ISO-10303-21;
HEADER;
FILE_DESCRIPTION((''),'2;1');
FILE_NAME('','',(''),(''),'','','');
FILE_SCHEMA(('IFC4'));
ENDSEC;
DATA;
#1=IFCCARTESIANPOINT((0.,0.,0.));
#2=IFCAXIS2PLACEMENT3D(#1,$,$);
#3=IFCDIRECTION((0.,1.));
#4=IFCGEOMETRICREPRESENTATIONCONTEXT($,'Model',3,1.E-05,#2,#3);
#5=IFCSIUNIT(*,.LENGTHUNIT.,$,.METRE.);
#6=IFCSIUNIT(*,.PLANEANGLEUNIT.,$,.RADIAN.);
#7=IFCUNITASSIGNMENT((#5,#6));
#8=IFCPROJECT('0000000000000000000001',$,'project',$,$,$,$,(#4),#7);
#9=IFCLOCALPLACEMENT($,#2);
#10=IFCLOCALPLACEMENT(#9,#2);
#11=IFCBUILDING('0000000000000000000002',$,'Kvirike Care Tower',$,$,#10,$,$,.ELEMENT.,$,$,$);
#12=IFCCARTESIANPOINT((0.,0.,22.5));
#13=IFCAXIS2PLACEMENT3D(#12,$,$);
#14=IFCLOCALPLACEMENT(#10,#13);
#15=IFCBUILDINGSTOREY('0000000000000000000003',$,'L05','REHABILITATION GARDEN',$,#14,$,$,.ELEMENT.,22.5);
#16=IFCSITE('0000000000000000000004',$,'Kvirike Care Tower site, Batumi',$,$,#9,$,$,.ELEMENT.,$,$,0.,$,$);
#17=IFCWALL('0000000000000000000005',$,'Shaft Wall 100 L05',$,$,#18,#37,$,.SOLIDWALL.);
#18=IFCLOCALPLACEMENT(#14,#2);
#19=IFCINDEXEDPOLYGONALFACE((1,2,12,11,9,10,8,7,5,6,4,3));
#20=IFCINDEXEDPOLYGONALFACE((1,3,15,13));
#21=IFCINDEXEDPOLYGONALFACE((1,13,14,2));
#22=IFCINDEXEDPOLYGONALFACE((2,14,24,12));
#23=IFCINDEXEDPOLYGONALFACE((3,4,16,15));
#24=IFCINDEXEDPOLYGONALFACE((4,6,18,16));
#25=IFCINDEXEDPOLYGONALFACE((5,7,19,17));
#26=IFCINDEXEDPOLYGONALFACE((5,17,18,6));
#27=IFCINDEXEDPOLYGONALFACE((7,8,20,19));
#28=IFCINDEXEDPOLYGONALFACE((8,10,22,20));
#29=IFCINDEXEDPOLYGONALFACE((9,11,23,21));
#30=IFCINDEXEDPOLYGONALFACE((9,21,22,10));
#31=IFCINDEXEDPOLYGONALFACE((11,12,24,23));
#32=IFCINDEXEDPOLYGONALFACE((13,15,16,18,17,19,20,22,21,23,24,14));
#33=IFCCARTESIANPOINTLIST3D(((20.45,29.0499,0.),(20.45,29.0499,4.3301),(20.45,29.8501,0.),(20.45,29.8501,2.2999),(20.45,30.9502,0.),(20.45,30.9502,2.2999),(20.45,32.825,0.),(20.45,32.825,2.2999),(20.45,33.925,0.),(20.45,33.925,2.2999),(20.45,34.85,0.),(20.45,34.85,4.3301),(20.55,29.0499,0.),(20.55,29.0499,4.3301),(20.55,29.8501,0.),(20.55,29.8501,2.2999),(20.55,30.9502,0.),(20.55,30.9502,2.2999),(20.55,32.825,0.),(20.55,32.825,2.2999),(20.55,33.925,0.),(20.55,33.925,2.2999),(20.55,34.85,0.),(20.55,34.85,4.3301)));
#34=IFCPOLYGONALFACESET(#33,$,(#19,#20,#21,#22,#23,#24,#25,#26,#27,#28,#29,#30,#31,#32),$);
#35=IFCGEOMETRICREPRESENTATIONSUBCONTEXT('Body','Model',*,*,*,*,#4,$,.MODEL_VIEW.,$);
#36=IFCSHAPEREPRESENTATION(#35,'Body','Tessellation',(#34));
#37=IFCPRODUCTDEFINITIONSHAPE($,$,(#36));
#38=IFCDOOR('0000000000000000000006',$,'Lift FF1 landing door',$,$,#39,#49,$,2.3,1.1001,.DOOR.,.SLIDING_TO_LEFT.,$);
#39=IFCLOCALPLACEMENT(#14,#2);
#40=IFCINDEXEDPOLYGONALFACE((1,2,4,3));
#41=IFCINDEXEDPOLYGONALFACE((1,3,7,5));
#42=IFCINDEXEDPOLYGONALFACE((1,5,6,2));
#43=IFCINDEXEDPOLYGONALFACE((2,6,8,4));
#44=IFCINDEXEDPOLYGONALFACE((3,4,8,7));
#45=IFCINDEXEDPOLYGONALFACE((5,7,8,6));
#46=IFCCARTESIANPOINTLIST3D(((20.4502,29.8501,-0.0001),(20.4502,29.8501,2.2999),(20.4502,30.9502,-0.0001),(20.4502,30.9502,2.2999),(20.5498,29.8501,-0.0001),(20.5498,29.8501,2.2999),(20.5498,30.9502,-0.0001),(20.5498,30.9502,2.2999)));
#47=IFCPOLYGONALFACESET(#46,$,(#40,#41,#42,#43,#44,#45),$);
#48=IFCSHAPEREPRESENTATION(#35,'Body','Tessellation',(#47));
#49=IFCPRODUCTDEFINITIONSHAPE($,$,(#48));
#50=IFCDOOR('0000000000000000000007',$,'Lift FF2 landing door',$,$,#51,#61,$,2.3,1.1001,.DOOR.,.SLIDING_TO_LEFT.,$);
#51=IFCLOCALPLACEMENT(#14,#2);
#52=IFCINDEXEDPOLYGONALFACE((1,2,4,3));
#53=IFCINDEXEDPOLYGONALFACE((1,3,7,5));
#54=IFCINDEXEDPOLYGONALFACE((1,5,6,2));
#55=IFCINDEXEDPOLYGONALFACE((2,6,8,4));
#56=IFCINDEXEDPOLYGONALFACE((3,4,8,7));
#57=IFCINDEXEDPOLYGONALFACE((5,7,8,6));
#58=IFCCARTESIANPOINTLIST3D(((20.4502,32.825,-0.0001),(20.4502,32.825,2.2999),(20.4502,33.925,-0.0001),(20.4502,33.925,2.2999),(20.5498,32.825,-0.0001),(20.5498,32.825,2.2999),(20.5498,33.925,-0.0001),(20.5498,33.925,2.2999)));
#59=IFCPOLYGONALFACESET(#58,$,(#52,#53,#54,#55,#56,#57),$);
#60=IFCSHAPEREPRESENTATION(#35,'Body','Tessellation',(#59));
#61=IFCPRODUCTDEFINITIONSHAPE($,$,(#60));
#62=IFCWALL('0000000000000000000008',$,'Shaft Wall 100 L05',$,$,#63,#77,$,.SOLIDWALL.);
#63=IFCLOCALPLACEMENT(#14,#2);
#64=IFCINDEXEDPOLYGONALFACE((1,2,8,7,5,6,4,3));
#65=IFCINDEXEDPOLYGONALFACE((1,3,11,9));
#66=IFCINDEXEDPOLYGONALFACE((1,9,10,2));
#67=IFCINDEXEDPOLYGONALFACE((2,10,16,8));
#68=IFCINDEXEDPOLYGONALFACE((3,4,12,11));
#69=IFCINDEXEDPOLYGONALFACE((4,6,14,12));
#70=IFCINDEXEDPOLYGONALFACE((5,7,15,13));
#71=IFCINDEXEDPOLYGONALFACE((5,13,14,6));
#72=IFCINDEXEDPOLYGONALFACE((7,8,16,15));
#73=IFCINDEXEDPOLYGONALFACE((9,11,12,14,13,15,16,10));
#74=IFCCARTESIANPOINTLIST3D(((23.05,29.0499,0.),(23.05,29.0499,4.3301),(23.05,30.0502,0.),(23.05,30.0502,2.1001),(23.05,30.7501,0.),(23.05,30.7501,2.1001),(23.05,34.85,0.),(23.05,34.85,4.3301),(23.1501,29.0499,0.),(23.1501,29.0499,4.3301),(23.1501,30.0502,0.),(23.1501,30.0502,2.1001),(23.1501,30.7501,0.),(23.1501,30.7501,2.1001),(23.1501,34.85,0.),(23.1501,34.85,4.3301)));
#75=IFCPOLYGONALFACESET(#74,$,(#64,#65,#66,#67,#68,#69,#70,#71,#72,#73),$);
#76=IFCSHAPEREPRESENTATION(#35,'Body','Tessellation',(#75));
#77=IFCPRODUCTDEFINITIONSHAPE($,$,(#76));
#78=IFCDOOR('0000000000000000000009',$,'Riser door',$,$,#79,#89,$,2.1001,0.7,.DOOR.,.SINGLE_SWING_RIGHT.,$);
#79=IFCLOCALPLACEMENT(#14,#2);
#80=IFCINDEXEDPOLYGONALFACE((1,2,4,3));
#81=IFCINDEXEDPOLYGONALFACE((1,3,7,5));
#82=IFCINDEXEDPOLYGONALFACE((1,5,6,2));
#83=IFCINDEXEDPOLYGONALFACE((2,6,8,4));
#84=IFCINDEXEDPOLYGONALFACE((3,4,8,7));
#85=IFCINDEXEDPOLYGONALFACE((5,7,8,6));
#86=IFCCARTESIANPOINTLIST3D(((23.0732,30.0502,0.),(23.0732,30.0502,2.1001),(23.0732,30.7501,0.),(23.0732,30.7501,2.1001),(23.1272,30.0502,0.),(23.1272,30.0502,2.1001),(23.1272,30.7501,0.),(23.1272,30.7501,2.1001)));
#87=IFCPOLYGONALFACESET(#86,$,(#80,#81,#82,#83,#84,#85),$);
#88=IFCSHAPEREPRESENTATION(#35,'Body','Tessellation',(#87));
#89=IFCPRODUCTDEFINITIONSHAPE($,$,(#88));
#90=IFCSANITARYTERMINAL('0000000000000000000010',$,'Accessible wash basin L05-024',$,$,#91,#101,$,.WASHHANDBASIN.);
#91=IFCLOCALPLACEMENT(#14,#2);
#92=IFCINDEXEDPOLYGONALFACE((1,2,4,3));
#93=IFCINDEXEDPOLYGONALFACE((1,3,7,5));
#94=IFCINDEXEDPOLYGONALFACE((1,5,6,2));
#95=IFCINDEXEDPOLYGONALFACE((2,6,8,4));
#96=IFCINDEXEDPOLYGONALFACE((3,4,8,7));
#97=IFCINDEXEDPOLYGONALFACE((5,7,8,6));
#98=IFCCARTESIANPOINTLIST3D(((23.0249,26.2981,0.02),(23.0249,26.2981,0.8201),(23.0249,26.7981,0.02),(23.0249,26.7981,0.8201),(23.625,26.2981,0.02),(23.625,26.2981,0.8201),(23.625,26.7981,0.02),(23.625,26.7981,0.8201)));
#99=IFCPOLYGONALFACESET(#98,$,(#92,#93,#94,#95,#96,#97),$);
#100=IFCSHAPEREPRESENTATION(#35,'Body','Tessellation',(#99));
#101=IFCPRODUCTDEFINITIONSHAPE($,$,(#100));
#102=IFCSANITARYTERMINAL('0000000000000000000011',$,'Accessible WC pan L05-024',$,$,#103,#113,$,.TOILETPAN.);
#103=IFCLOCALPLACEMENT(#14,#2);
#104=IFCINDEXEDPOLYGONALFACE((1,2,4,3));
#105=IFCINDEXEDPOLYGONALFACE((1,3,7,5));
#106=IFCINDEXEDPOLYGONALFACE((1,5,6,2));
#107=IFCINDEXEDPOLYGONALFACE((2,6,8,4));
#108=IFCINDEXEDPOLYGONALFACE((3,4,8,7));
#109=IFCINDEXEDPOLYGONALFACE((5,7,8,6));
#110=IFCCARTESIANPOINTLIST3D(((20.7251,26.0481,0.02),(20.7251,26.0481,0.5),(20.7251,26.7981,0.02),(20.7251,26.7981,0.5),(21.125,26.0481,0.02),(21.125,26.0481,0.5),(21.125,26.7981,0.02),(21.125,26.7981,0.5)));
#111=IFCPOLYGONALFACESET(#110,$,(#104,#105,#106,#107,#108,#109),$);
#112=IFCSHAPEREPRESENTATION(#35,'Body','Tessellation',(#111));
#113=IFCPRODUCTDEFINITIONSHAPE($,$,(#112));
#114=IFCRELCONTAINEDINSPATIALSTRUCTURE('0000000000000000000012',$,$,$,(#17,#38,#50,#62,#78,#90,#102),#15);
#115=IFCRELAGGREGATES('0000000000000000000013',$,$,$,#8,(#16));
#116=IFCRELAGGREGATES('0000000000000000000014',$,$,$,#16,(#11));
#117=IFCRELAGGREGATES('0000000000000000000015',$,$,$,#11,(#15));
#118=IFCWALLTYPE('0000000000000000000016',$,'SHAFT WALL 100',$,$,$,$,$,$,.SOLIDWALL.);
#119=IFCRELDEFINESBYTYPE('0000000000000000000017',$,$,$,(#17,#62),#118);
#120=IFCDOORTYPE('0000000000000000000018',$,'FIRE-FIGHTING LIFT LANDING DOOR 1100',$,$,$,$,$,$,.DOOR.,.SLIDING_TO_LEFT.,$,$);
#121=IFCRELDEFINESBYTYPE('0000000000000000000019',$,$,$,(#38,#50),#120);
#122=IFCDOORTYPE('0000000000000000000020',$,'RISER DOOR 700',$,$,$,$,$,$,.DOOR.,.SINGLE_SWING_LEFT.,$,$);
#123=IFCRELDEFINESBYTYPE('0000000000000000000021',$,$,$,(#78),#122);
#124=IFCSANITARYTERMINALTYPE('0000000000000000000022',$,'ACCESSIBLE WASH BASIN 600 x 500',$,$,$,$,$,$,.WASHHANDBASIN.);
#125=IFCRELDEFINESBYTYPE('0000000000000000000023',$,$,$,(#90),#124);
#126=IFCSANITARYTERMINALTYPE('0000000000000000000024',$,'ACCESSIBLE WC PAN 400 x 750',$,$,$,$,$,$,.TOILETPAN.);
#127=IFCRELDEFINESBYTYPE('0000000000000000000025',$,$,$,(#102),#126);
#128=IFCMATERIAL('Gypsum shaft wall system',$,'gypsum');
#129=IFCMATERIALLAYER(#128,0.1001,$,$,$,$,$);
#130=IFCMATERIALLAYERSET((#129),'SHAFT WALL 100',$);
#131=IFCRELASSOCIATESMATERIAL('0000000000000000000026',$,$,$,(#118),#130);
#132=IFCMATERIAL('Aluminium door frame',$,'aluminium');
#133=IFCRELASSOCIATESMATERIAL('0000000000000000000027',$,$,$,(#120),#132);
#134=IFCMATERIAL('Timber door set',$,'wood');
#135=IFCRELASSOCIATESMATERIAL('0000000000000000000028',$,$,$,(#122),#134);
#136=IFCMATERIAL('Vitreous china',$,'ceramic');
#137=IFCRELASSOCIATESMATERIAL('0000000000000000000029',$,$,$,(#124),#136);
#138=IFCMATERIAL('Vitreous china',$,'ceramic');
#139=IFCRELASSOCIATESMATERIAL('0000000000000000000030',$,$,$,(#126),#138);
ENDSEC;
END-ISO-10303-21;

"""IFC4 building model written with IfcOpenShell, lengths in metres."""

from ifc_helpers import new_model, si_unit, direction, frame, frame_2d, origin, origin_2d, place, context, subcontext, project, spatial, rectangle, extrude, material, layer, layer_set, type_object, element, fill, save


model = new_model("IFC4")

# Units and contexts
model_context = context("Model", 3, precision=1e-05, world=origin(), true_north=direction((0.0, 1.0)))
body_context = subcontext(model_context, "Body", "Model", "MODEL_VIEW")
ifc_project = project(units=[si_unit("LENGTHUNIT", "METRE"), si_unit("PLANEANGLEUNIT", "RADIAN")], contexts=[model_context])

# Site, building, storey
site_placement = place(None, origin())
site = spatial("IfcSite", under=ifc_project, at=site_placement, Name="Kvirike Care Tower site, Batumi", CompositionType="ELEMENT", RefElevation=0.0)
building_placement = place(site_placement, origin())
building = spatial("IfcBuilding", under=site, at=building_placement, Name="Kvirike Care Tower", CompositionType="ELEMENT")
storey_placement = place(building_placement, frame((0.0, 0.0, 22.5)))
storey = spatial("IfcBuildingStorey", under=building, at=storey_placement, Name="L05", Description="REHABILITATION GARDEN", CompositionType="ELEMENT", Elevation=22.5)

# Wall, openings, doors
ifc_material_1 = material(Name="Gypsum shaft wall system", Category="gypsum")
ifc_layer_1 = layer(ifc_material_1, 0.1001)
ifc_layer_set_1 = layer_set([ifc_layer_1], Name="SHAFT WALL 100")
wall_type_1 = type_object("IfcWallType", Name="SHAFT WALL 100", PredefinedType="SOLIDWALL", material=ifc_layer_set_1)
wall_1_placement = place(storey_placement, frame((20.5, 29.05, 0.0), z_axis=(0.0, 0.0, 1.0), x_axis=(0.0, 1.0, 0.0)))
wall_1 = element("IfcWall", 1, at=wall_1_placement, inside=storey, type_object=wall_type_1, Name="Shaft Wall 100 L05", PredefinedType="SOLIDWALL", context=body_context, shape_type="SweptSolid", body=[
    extrude(rectangle(XDim=5.8, YDim=0.1001, at=frame_2d((2.8999, 0.0))), origin(), (0.0, 0.0, 1.0), 4.3301),
])
opening_1_placement = place(wall_1_placement, frame((0.8, 0.0, 0.0)))
opening_1 = element("IfcOpeningElement", 2, at=opening_1_placement, cuts=wall_1, PredefinedType="OPENING", context=body_context, shape_type="SweptSolid", body=[
    extrude(rectangle(XDim=1.1001, YDim=2.3, at=frame_2d((0.55, 1.1499))), frame((0.0, 0.0605, 0.0), z_axis=(0.0, -1.0, 0.0), x_axis=(1.0, 0.0, 0.0)), (0.0, 0.0, 1.0), 0.1211),
])
opening_2_placement = place(wall_1_placement, frame((3.7749, 0.0, 0.0)))
opening_2 = element("IfcOpeningElement", 3, at=opening_2_placement, cuts=wall_1, PredefinedType="OPENING", context=body_context, shape_type="SweptSolid", body=[
    extrude(rectangle(XDim=1.1001, YDim=2.3, at=frame_2d((0.55, 1.1499))), frame((0.0, 0.0605, 0.0), z_axis=(0.0, -1.0, 0.0), x_axis=(1.0, 0.0, 0.0)), (0.0, 0.0, 1.0), 0.1211),
])
ifc_material_2 = material(Name="Aluminium door frame", Category="aluminium")
door_type_1 = type_object("IfcDoorType", Name="FIRE-FIGHTING LIFT LANDING DOOR 1100", OperationType="SLIDING_TO_LEFT", PredefinedType="DOOR", material=ifc_material_2)
door_1_placement = place(opening_1_placement, origin())
door_1 = element("IfcDoor", 4, at=door_1_placement, inside=storey, type_object=door_type_1, Name="Lift FF1 landing door", OperationType="SLIDING_TO_LEFT", OverallHeight=2.3, OverallWidth=1.1001, PredefinedType="DOOR", context=body_context, shape_type="SweptSolid", body=[
    extrude(rectangle(XDim=1.1001, YDim=2.3, at=frame_2d((0.55, 1.1499))), frame((0.0, 0.0498, 0.0), z_axis=(0.0, -1.0, 0.0), x_axis=(1.0, 0.0, 0.0)), (0.0, 0.0, 1.0), 0.0996),
])
fill(opening_1, door_1)
door_2_placement = place(opening_2_placement, origin())
door_2 = element("IfcDoor", 5, at=door_2_placement, inside=storey, type_object=door_type_1, Name="Lift FF2 landing door", OperationType="SLIDING_TO_LEFT", OverallHeight=2.3, OverallWidth=1.1001, PredefinedType="DOOR", context=body_context, shape_type="SweptSolid", body=[
    extrude(rectangle(XDim=1.1001, YDim=2.3, at=frame_2d((0.55, 1.1499))), frame((0.0, 0.0498, 0.0), z_axis=(0.0, -1.0, 0.0), x_axis=(1.0, 0.0, 0.0)), (0.0, 0.0, 1.0), 0.0996),
])
fill(opening_2, door_2)

# Wall, opening, door
wall_2_placement = place(storey_placement, frame((23.1001, 29.05, 0.0), z_axis=(0.0, 0.0, 1.0), x_axis=(0.0, 1.0, 0.0)))
wall_2 = element("IfcWall", 6, at=wall_2_placement, inside=storey, type_object=wall_type_1, Name="Shaft Wall 100 L05", PredefinedType="SOLIDWALL", context=body_context, shape_type="SweptSolid", body=[
    extrude(rectangle(XDim=5.8, YDim=0.1001, at=frame_2d((2.8999, 0.0))), origin(), (0.0, 0.0, 1.0), 4.3301),
])
opening_3_placement = place(wall_2_placement, frame((1.0, 0.0, 0.0)))
opening_3 = element("IfcOpeningElement", 7, at=opening_3_placement, cuts=wall_2, PredefinedType="OPENING", context=body_context, shape_type="SweptSolid", body=[
    extrude(rectangle(XDim=0.7, YDim=2.1001, at=frame_2d((0.3501, 1.05))), frame((0.0, 0.0605, 0.0), z_axis=(0.0, -1.0, 0.0), x_axis=(1.0, 0.0, 0.0)), (0.0, 0.0, 1.0), 0.1211),
])
ifc_material_3 = material(Name="Timber door set", Category="wood")
door_type_2 = type_object("IfcDoorType", Name="RISER DOOR 700", OperationType="SINGLE_SWING_LEFT", PredefinedType="DOOR", material=ifc_material_3)
door_3_placement = place(opening_3_placement, origin())
door_3 = element("IfcDoor", 8, at=door_3_placement, inside=storey, type_object=door_type_2, Name="Riser door", OperationType="SINGLE_SWING_RIGHT", OverallHeight=2.1001, OverallWidth=0.7, PredefinedType="DOOR", context=body_context, shape_type="SweptSolid", body=[
    extrude(rectangle(XDim=0.7, YDim=2.1001, at=frame_2d((0.3501, 1.05))), frame((0.0, 0.0269, 0.0), z_axis=(0.0, -1.0, 0.0), x_axis=(1.0, 0.0, 0.0)), (0.0, 0.0, 1.0), 0.054),
])
fill(opening_3, door_3)

# Sanitary terminals
ifc_material_4 = material(Name="Vitreous china", Category="ceramic")
sanitary_terminal_type_1 = type_object("IfcSanitaryTerminalType", Name="ACCESSIBLE WASH BASIN 600 x 500", PredefinedType="WASHHANDBASIN", material=ifc_material_4)
sanitary_terminal_1_placement = place(storey_placement, frame((23.325, 26.5481, 0.02), z_axis=(0.0, 0.0, 1.0), x_axis=(1.0, 0.0, 0.0)))
element("IfcSanitaryTerminal", 9, at=sanitary_terminal_1_placement, inside=storey, type_object=sanitary_terminal_type_1, Name="Accessible wash basin L05-024", PredefinedType="WASHHANDBASIN", context=body_context, shape_type="SweptSolid", body=[
    extrude(rectangle(XDim=0.6001, YDim=0.5, at=origin_2d()), origin(), (0.0, 0.0, 1.0), 0.8),
])
ifc_material_5 = material(Name="Vitreous china", Category="ceramic")
sanitary_terminal_type_2 = type_object("IfcSanitaryTerminalType", Name="ACCESSIBLE WC PAN 400 x 750", PredefinedType="TOILETPAN", material=ifc_material_5)
sanitary_terminal_2_placement = place(storey_placement, frame((20.925, 26.4231, 0.02), z_axis=(0.0, 0.0, 1.0), x_axis=(1.0, 0.0, 0.0)))
element("IfcSanitaryTerminal", 10, at=sanitary_terminal_2_placement, inside=storey, type_object=sanitary_terminal_type_2, Name="Accessible WC pan L05-024", PredefinedType="TOILETPAN", context=body_context, shape_type="SweptSolid", body=[
    extrude(rectangle(XDim=0.3999, YDim=0.75, at=origin_2d()), origin(), (0.0, 0.0, 1.0), 0.48),
])

save(model, "model.ifc")
